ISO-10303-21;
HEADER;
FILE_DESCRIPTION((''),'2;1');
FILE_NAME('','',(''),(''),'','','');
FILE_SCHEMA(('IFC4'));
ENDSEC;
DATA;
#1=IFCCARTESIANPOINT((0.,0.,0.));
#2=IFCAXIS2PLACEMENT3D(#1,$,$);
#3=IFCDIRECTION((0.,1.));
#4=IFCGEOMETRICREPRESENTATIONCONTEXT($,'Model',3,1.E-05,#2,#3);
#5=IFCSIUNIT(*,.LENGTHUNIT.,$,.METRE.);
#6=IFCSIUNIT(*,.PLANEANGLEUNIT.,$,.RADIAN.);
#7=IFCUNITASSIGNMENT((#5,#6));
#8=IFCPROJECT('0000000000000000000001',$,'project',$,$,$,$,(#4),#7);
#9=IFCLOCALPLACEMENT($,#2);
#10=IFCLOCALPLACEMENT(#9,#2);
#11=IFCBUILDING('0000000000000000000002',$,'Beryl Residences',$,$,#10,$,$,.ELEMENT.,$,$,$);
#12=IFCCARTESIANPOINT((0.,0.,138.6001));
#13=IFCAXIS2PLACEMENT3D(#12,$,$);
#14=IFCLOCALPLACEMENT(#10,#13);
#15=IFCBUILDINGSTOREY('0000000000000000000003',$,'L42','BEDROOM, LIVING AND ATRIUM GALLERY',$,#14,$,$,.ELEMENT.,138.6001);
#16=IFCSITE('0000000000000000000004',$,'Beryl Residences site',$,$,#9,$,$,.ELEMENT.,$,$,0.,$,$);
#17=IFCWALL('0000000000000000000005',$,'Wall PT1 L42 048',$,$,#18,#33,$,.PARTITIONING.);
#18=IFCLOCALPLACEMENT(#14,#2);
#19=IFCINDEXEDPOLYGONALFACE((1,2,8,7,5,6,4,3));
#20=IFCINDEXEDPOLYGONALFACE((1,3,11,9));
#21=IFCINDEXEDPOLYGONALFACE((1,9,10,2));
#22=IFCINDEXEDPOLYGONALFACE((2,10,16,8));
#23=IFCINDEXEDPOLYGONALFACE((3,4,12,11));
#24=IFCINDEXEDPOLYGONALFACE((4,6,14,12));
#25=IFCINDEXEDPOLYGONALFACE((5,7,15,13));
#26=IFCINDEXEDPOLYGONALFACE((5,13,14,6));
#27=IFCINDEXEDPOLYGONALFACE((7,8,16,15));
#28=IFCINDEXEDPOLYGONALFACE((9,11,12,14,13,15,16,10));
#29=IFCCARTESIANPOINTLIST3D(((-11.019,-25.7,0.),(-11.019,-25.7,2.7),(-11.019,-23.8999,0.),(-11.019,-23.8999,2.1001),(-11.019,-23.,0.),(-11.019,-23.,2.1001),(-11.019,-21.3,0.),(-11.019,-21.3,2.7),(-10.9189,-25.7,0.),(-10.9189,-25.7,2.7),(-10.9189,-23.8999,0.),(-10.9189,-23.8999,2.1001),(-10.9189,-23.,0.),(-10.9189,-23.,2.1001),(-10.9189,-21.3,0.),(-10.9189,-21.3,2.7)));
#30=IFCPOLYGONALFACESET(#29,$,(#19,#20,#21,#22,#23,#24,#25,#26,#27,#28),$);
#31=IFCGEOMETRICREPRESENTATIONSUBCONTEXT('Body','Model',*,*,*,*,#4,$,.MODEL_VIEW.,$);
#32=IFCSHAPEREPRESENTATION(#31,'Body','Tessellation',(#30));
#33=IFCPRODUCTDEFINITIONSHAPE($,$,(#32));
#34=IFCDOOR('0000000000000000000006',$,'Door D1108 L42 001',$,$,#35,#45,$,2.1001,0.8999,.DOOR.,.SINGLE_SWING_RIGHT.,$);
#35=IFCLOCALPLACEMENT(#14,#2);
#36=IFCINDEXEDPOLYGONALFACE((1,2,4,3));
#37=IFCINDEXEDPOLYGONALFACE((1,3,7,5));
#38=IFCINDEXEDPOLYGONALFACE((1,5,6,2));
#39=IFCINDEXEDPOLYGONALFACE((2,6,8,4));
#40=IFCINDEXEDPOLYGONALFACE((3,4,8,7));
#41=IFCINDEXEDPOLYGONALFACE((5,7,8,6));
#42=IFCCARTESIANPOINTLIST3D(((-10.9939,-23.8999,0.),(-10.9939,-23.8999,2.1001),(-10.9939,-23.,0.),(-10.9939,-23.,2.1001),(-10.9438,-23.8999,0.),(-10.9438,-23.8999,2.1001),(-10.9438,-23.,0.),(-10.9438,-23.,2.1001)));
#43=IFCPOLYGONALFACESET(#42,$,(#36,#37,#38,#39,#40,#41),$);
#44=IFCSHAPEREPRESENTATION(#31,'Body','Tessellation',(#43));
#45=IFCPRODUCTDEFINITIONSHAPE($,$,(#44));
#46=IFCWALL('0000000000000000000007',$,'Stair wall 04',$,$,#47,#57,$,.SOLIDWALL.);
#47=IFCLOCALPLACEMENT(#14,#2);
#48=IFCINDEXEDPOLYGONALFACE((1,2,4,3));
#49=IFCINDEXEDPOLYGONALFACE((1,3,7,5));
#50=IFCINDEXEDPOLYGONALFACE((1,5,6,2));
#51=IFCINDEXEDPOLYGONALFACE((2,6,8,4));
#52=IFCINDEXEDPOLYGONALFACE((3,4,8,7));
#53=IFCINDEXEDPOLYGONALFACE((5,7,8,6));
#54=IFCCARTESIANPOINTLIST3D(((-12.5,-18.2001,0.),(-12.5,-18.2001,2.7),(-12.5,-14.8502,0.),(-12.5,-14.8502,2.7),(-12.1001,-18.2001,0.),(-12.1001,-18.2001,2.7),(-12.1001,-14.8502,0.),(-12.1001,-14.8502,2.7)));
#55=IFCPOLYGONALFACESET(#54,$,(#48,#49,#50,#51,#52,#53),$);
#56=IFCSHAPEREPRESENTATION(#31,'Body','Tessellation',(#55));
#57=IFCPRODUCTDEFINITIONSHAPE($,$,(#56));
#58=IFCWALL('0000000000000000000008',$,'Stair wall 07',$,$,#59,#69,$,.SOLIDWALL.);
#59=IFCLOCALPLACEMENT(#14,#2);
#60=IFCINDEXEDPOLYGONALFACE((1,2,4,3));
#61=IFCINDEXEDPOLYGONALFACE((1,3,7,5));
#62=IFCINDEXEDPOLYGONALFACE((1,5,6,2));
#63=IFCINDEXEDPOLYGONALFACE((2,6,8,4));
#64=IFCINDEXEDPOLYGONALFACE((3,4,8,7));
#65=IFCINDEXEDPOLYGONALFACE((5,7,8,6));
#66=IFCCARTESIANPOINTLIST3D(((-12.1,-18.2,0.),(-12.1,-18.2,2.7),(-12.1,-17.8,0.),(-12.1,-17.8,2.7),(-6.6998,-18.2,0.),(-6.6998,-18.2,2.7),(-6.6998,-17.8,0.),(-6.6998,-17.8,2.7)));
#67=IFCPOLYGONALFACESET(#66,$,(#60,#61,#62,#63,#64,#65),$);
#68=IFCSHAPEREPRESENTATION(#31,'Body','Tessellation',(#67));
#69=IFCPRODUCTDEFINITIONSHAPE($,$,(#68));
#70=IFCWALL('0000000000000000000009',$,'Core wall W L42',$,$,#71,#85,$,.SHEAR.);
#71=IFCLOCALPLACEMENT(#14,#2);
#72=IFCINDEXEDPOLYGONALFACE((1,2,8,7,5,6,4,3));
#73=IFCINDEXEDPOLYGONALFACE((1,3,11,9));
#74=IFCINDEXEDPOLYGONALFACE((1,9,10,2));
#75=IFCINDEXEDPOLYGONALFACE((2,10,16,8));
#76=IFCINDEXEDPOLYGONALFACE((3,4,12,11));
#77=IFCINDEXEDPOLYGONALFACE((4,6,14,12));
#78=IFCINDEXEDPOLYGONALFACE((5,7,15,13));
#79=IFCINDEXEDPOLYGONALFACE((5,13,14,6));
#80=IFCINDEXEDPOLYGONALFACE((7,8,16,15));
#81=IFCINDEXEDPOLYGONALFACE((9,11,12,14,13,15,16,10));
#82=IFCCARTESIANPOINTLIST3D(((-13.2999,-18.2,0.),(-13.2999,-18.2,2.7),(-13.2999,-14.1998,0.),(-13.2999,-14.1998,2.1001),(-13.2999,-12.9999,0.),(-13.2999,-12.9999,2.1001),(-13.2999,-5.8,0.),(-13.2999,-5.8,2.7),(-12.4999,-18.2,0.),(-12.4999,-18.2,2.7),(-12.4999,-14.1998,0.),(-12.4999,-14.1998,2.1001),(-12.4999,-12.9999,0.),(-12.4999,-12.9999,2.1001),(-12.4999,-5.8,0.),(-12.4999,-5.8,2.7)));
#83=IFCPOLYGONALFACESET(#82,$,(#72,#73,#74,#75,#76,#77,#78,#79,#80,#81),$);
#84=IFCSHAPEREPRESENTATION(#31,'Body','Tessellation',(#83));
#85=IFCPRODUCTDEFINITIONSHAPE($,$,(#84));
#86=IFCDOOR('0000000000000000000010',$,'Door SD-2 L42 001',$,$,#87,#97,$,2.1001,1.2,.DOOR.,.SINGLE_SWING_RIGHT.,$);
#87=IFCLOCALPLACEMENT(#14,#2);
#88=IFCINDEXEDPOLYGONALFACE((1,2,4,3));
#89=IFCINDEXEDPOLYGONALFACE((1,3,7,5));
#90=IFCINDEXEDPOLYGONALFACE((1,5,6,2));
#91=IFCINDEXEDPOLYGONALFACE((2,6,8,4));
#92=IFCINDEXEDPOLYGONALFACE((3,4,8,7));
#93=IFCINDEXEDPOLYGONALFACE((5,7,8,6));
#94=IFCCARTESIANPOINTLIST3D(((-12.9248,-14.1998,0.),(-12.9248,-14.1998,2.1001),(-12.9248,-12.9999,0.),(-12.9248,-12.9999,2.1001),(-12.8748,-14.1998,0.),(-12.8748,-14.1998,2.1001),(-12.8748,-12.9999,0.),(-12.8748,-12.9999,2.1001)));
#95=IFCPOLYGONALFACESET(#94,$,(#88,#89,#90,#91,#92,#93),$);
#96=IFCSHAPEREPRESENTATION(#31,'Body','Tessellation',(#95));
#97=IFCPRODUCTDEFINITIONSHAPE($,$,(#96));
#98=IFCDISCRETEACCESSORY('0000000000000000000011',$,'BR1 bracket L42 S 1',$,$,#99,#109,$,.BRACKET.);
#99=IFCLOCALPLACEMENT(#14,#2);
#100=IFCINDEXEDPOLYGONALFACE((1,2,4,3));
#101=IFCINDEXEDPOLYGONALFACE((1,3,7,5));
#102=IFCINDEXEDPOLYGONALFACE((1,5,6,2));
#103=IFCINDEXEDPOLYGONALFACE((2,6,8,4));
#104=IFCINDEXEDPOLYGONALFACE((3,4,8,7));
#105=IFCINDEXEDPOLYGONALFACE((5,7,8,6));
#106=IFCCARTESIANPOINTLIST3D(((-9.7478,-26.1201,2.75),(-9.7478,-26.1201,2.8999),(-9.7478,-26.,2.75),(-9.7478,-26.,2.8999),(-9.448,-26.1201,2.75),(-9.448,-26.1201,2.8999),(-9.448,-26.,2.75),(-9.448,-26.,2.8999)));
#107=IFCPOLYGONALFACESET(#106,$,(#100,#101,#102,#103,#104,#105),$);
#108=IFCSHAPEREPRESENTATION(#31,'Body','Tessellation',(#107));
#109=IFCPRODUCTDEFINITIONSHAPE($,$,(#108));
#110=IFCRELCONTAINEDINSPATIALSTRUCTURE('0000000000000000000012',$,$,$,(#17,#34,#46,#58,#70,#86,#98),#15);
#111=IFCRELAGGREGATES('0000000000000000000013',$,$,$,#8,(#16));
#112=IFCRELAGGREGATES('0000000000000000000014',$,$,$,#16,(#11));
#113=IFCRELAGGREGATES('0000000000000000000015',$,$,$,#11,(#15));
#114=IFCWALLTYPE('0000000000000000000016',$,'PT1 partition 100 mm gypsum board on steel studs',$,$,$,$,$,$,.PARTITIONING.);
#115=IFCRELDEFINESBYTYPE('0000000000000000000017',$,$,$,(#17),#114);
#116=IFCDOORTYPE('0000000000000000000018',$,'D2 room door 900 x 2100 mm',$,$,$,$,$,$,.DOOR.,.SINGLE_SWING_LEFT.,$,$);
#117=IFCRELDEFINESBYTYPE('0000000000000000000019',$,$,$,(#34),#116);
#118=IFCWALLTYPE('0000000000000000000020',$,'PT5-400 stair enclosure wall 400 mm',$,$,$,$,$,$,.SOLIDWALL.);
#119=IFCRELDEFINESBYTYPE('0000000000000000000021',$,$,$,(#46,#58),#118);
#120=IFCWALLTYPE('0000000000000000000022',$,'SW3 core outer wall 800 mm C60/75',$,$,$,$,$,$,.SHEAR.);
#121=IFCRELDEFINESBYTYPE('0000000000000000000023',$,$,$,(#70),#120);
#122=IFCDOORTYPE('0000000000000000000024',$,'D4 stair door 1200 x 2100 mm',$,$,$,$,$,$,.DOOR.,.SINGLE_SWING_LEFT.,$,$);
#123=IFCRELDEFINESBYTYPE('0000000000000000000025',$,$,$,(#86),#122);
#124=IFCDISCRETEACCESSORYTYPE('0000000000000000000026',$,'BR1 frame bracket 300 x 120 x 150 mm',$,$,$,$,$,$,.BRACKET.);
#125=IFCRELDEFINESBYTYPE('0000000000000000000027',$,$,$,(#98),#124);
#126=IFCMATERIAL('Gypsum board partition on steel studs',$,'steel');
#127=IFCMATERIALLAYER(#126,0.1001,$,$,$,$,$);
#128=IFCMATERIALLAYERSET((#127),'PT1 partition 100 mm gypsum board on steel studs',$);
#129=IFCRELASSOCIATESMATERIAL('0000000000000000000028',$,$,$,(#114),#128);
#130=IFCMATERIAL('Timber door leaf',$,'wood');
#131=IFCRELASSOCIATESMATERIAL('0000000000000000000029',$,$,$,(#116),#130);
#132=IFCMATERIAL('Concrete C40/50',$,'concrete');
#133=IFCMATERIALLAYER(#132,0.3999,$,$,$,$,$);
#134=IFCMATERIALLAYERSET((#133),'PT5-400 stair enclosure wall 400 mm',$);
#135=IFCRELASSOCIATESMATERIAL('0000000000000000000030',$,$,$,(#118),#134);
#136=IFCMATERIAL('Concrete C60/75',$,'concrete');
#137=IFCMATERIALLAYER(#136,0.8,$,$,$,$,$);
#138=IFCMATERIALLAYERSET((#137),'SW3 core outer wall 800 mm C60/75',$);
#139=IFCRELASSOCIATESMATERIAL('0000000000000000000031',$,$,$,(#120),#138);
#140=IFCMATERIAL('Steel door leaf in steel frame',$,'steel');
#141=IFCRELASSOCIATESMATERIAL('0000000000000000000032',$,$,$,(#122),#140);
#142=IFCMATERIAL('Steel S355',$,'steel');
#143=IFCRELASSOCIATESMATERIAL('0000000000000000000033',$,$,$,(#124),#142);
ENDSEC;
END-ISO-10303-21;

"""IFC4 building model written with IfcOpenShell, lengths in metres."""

from ifc_helpers import new_model, si_unit, direction, frame, frame_2d, origin, place, context, subcontext, project, spatial, polyline, rectangle, outline, extrude, source, transform, mapped, material, layer, layer_set, type_object, type_shapes, element, fill, save


model = new_model("IFC4")

# Units and contexts
model_context = context("Model", 3, precision=1e-05, world=origin(), true_north=direction((0.0, 1.0)))
body_context = subcontext(model_context, "Body", "Model", "MODEL_VIEW")
ifc_project = project(units=[si_unit("LENGTHUNIT", "METRE"), si_unit("PLANEANGLEUNIT", "RADIAN")], contexts=[model_context])

# Site, building, storey
site_placement = place(None, origin())
site = spatial("IfcSite", under=ifc_project, at=site_placement, Name="Beryl Residences site", CompositionType="ELEMENT", RefElevation=0.0)
building_placement = place(site_placement, origin())
building = spatial("IfcBuilding", under=site, at=building_placement, Name="Beryl Residences", CompositionType="ELEMENT")
storey_placement = place(building_placement, frame((0.0, 0.0, 138.6001)))
storey = spatial("IfcBuildingStorey", under=building, at=storey_placement, Name="L42", Description="BEDROOM, LIVING AND ATRIUM GALLERY", CompositionType="ELEMENT", Elevation=138.6001)

# Wall, opening, door
ifc_material_1 = material(Name="Gypsum board partition on steel studs", Category="steel")
ifc_layer_1 = layer(ifc_material_1, 0.1001)
ifc_layer_set_1 = layer_set([ifc_layer_1], Name="PT1 partition 100 mm gypsum board on steel studs")
wall_type_1 = type_object("IfcWallType", Name="PT1 partition 100 mm gypsum board on steel studs", PredefinedType="PARTITIONING", material=ifc_layer_set_1)
wall_1_placement = place(storey_placement, frame((-10.969, -25.7, 0.0), z_axis=(0.0, 0.0, 1.0), x_axis=(0.0, 1.0, 0.0)))
wall_1 = element("IfcWall", 1, at=wall_1_placement, inside=storey, type_object=wall_type_1, Name="Wall PT1 L42 048", PredefinedType="PARTITIONING", context=body_context, shape_type="SweptSolid", body=[
    extrude(rectangle(XDim=4.3999, YDim=0.1001, at=frame_2d((2.2, 0.0))), origin(), (0.0, 0.0, 1.0), 2.7),
])
opening_1_placement = place(wall_1_placement, frame((1.8, 0.0, 0.0)))
opening_1 = element("IfcOpeningElement", 2, at=opening_1_placement, cuts=wall_1, PredefinedType="OPENING", context=body_context, shape_type="SweptSolid", body=[
    extrude(rectangle(XDim=0.8999, YDim=2.1001, at=frame_2d((0.45, 1.05))), frame((0.0, 0.0601, 0.0), z_axis=(0.0, -1.0, 0.0), x_axis=(1.0, 0.0, 0.0)), (0.0, 0.0, 1.0), 0.1201),
])
ifc_material_2 = material(Name="Timber door leaf", Category="wood")
door_type_1 = type_object("IfcDoorType", Name="D2 room door 900 x 2100 mm", OperationType="SINGLE_SWING_LEFT", PredefinedType="DOOR", material=ifc_material_2)
door_1_placement = place(opening_1_placement, origin())
door_1 = element("IfcDoor", 3, at=door_1_placement, inside=storey, type_object=door_type_1, Name="Door D1108 L42 001", OperationType="SINGLE_SWING_RIGHT", OverallHeight=2.1001, OverallWidth=0.8999, PredefinedType="DOOR", context=body_context, shape_type="SweptSolid", body=[
    extrude(rectangle(XDim=0.8999, YDim=2.1001, at=frame_2d((0.45, 1.05))), frame((0.0, 0.0249, 0.0), z_axis=(0.0, -1.0, 0.0), x_axis=(1.0, 0.0, 0.0)), (0.0, 0.0, 1.0), 0.05),
])
fill(opening_1, door_1)

# Walls
ifc_material_3 = material(Name="Concrete C40/50", Category="concrete")
ifc_layer_2 = layer(ifc_material_3, 0.3999)
ifc_layer_set_2 = layer_set([ifc_layer_2], Name="PT5-400 stair enclosure wall 400 mm")
wall_type_2 = type_object("IfcWallType", Name="PT5-400 stair enclosure wall 400 mm", PredefinedType="SOLIDWALL", material=ifc_layer_set_2)
wall_2_placement = place(storey_placement, frame((-12.3, -18.2, 0.0), z_axis=(0.0, 0.0, 1.0), x_axis=(0.0, 1.0, 0.0)))
element("IfcWall", 4, at=wall_2_placement, inside=storey, type_object=wall_type_2, Name="Stair wall 04", PredefinedType="SOLIDWALL", context=body_context, shape_type="SweptSolid", body=[
    extrude(rectangle(XDim=3.3499, YDim=0.3999, at=frame_2d((1.6748, 0.0))), origin(), (0.0, 0.0, 1.0), 2.7),
])
wall_3_placement = place(storey_placement, frame((-12.1001, -18.0, 0.0), z_axis=(0.0, 0.0, 1.0), x_axis=(1.0, 0.0, 0.0)))
element("IfcWall", 5, at=wall_3_placement, inside=storey, type_object=wall_type_2, Name="Stair wall 07", PredefinedType="SOLIDWALL", context=body_context, shape_type="SweptSolid", body=[
    extrude(rectangle(XDim=5.4001, YDim=0.3999, at=frame_2d((2.7002, 0.0))), origin(), (0.0, 0.0, 1.0), 2.7),
])

# Wall, opening, door
ifc_material_4 = material(Name="Concrete C60/75", Category="concrete")
ifc_layer_3 = layer(ifc_material_4, 0.8)
ifc_layer_set_3 = layer_set([ifc_layer_3], Name="SW3 core outer wall 800 mm C60/75")
wall_type_3 = type_object("IfcWallType", Name="SW3 core outer wall 800 mm C60/75", PredefinedType="SHEAR", material=ifc_layer_set_3)
wall_4_placement = place(storey_placement, frame((-12.8999, -18.2, 0.0), z_axis=(0.0, 0.0, 1.0), x_axis=(0.0, 1.0, 0.0)))
wall_4 = element("IfcWall", 6, at=wall_4_placement, inside=storey, type_object=wall_type_3, Name="Core wall W L42", PredefinedType="SHEAR", context=body_context, shape_type="SweptSolid", body=[
    extrude(rectangle(XDim=12.3999, YDim=0.8, at=frame_2d((6.2, 0.0))), origin(), (0.0, 0.0, 1.0), 2.7),
])
opening_2_placement = place(wall_4_placement, frame((4.0, 0.0, 0.0)))
opening_2 = element("IfcOpeningElement", 7, at=opening_2_placement, cuts=wall_4, PredefinedType="OPENING", context=body_context, shape_type="SweptSolid", body=[
    extrude(rectangle(XDim=1.2, YDim=2.1001, at=frame_2d((0.6001, 1.05))), frame((0.0, 0.4099, 0.0), z_axis=(0.0, -1.0, 0.0), x_axis=(1.0, 0.0, 0.0)), (0.0, 0.0, 1.0), 0.8201),
])
ifc_material_5 = material(Name="Steel door leaf in steel frame", Category="steel")
door_type_2 = type_object("IfcDoorType", Name="D4 stair door 1200 x 2100 mm", OperationType="SINGLE_SWING_LEFT", PredefinedType="DOOR", material=ifc_material_5)
door_2_placement = place(opening_2_placement, origin())
door_2 = element("IfcDoor", 8, at=door_2_placement, inside=storey, type_object=door_type_2, Name="Door SD-2 L42 001", OperationType="SINGLE_SWING_RIGHT", OverallHeight=2.1001, OverallWidth=1.2, PredefinedType="DOOR", context=body_context, shape_type="SweptSolid", body=[
    extrude(rectangle(XDim=1.2, YDim=2.1001, at=frame_2d((0.6001, 1.05))), frame((0.0, 0.0249, 0.0), z_axis=(0.0, -1.0, 0.0), x_axis=(1.0, 0.0, 0.0)), (0.0, 0.0, 1.0), 0.05),
])
fill(opening_2, door_2)

# Discrete accessory
ifc_material_6 = material(Name="Steel S355", Category="steel")
discrete_accessory_type = type_object("IfcDiscreteAccessoryType", Name="BR1 frame bracket 300 x 120 x 150 mm", PredefinedType="BRACKET", material=ifc_material_6)
shared_shape_1 = source(origin(), body_context, "Body", "SweptSolid", [
    extrude(outline(polyline([(-0.1499, 0.0), (0.1499, 0.0), (0.1499, 0.1201), (-0.1499, 0.1201), (-0.1499, 0.0)])), origin(), (0.0, 0.0, 1.0), 0.1499),
])
type_shapes(discrete_accessory_type, [shared_shape_1])
discrete_accessory_placement = place(storey_placement, frame((-9.5979, -26.0, 2.75), z_axis=(0.0, 0.0, 1.0), x_axis=(-1.0, 0.0, 0.0)))
element("IfcDiscreteAccessory", 9, at=discrete_accessory_placement, inside=storey, type_object=discrete_accessory_type, Name="BR1 bracket L42 S 1", PredefinedType="BRACKET", context=body_context, shape_type="MappedRepresentation", body=[
    mapped(shared_shape_1, transform((0.0, 0.0, 0.0))),
])

save(model, "model.ifc")
